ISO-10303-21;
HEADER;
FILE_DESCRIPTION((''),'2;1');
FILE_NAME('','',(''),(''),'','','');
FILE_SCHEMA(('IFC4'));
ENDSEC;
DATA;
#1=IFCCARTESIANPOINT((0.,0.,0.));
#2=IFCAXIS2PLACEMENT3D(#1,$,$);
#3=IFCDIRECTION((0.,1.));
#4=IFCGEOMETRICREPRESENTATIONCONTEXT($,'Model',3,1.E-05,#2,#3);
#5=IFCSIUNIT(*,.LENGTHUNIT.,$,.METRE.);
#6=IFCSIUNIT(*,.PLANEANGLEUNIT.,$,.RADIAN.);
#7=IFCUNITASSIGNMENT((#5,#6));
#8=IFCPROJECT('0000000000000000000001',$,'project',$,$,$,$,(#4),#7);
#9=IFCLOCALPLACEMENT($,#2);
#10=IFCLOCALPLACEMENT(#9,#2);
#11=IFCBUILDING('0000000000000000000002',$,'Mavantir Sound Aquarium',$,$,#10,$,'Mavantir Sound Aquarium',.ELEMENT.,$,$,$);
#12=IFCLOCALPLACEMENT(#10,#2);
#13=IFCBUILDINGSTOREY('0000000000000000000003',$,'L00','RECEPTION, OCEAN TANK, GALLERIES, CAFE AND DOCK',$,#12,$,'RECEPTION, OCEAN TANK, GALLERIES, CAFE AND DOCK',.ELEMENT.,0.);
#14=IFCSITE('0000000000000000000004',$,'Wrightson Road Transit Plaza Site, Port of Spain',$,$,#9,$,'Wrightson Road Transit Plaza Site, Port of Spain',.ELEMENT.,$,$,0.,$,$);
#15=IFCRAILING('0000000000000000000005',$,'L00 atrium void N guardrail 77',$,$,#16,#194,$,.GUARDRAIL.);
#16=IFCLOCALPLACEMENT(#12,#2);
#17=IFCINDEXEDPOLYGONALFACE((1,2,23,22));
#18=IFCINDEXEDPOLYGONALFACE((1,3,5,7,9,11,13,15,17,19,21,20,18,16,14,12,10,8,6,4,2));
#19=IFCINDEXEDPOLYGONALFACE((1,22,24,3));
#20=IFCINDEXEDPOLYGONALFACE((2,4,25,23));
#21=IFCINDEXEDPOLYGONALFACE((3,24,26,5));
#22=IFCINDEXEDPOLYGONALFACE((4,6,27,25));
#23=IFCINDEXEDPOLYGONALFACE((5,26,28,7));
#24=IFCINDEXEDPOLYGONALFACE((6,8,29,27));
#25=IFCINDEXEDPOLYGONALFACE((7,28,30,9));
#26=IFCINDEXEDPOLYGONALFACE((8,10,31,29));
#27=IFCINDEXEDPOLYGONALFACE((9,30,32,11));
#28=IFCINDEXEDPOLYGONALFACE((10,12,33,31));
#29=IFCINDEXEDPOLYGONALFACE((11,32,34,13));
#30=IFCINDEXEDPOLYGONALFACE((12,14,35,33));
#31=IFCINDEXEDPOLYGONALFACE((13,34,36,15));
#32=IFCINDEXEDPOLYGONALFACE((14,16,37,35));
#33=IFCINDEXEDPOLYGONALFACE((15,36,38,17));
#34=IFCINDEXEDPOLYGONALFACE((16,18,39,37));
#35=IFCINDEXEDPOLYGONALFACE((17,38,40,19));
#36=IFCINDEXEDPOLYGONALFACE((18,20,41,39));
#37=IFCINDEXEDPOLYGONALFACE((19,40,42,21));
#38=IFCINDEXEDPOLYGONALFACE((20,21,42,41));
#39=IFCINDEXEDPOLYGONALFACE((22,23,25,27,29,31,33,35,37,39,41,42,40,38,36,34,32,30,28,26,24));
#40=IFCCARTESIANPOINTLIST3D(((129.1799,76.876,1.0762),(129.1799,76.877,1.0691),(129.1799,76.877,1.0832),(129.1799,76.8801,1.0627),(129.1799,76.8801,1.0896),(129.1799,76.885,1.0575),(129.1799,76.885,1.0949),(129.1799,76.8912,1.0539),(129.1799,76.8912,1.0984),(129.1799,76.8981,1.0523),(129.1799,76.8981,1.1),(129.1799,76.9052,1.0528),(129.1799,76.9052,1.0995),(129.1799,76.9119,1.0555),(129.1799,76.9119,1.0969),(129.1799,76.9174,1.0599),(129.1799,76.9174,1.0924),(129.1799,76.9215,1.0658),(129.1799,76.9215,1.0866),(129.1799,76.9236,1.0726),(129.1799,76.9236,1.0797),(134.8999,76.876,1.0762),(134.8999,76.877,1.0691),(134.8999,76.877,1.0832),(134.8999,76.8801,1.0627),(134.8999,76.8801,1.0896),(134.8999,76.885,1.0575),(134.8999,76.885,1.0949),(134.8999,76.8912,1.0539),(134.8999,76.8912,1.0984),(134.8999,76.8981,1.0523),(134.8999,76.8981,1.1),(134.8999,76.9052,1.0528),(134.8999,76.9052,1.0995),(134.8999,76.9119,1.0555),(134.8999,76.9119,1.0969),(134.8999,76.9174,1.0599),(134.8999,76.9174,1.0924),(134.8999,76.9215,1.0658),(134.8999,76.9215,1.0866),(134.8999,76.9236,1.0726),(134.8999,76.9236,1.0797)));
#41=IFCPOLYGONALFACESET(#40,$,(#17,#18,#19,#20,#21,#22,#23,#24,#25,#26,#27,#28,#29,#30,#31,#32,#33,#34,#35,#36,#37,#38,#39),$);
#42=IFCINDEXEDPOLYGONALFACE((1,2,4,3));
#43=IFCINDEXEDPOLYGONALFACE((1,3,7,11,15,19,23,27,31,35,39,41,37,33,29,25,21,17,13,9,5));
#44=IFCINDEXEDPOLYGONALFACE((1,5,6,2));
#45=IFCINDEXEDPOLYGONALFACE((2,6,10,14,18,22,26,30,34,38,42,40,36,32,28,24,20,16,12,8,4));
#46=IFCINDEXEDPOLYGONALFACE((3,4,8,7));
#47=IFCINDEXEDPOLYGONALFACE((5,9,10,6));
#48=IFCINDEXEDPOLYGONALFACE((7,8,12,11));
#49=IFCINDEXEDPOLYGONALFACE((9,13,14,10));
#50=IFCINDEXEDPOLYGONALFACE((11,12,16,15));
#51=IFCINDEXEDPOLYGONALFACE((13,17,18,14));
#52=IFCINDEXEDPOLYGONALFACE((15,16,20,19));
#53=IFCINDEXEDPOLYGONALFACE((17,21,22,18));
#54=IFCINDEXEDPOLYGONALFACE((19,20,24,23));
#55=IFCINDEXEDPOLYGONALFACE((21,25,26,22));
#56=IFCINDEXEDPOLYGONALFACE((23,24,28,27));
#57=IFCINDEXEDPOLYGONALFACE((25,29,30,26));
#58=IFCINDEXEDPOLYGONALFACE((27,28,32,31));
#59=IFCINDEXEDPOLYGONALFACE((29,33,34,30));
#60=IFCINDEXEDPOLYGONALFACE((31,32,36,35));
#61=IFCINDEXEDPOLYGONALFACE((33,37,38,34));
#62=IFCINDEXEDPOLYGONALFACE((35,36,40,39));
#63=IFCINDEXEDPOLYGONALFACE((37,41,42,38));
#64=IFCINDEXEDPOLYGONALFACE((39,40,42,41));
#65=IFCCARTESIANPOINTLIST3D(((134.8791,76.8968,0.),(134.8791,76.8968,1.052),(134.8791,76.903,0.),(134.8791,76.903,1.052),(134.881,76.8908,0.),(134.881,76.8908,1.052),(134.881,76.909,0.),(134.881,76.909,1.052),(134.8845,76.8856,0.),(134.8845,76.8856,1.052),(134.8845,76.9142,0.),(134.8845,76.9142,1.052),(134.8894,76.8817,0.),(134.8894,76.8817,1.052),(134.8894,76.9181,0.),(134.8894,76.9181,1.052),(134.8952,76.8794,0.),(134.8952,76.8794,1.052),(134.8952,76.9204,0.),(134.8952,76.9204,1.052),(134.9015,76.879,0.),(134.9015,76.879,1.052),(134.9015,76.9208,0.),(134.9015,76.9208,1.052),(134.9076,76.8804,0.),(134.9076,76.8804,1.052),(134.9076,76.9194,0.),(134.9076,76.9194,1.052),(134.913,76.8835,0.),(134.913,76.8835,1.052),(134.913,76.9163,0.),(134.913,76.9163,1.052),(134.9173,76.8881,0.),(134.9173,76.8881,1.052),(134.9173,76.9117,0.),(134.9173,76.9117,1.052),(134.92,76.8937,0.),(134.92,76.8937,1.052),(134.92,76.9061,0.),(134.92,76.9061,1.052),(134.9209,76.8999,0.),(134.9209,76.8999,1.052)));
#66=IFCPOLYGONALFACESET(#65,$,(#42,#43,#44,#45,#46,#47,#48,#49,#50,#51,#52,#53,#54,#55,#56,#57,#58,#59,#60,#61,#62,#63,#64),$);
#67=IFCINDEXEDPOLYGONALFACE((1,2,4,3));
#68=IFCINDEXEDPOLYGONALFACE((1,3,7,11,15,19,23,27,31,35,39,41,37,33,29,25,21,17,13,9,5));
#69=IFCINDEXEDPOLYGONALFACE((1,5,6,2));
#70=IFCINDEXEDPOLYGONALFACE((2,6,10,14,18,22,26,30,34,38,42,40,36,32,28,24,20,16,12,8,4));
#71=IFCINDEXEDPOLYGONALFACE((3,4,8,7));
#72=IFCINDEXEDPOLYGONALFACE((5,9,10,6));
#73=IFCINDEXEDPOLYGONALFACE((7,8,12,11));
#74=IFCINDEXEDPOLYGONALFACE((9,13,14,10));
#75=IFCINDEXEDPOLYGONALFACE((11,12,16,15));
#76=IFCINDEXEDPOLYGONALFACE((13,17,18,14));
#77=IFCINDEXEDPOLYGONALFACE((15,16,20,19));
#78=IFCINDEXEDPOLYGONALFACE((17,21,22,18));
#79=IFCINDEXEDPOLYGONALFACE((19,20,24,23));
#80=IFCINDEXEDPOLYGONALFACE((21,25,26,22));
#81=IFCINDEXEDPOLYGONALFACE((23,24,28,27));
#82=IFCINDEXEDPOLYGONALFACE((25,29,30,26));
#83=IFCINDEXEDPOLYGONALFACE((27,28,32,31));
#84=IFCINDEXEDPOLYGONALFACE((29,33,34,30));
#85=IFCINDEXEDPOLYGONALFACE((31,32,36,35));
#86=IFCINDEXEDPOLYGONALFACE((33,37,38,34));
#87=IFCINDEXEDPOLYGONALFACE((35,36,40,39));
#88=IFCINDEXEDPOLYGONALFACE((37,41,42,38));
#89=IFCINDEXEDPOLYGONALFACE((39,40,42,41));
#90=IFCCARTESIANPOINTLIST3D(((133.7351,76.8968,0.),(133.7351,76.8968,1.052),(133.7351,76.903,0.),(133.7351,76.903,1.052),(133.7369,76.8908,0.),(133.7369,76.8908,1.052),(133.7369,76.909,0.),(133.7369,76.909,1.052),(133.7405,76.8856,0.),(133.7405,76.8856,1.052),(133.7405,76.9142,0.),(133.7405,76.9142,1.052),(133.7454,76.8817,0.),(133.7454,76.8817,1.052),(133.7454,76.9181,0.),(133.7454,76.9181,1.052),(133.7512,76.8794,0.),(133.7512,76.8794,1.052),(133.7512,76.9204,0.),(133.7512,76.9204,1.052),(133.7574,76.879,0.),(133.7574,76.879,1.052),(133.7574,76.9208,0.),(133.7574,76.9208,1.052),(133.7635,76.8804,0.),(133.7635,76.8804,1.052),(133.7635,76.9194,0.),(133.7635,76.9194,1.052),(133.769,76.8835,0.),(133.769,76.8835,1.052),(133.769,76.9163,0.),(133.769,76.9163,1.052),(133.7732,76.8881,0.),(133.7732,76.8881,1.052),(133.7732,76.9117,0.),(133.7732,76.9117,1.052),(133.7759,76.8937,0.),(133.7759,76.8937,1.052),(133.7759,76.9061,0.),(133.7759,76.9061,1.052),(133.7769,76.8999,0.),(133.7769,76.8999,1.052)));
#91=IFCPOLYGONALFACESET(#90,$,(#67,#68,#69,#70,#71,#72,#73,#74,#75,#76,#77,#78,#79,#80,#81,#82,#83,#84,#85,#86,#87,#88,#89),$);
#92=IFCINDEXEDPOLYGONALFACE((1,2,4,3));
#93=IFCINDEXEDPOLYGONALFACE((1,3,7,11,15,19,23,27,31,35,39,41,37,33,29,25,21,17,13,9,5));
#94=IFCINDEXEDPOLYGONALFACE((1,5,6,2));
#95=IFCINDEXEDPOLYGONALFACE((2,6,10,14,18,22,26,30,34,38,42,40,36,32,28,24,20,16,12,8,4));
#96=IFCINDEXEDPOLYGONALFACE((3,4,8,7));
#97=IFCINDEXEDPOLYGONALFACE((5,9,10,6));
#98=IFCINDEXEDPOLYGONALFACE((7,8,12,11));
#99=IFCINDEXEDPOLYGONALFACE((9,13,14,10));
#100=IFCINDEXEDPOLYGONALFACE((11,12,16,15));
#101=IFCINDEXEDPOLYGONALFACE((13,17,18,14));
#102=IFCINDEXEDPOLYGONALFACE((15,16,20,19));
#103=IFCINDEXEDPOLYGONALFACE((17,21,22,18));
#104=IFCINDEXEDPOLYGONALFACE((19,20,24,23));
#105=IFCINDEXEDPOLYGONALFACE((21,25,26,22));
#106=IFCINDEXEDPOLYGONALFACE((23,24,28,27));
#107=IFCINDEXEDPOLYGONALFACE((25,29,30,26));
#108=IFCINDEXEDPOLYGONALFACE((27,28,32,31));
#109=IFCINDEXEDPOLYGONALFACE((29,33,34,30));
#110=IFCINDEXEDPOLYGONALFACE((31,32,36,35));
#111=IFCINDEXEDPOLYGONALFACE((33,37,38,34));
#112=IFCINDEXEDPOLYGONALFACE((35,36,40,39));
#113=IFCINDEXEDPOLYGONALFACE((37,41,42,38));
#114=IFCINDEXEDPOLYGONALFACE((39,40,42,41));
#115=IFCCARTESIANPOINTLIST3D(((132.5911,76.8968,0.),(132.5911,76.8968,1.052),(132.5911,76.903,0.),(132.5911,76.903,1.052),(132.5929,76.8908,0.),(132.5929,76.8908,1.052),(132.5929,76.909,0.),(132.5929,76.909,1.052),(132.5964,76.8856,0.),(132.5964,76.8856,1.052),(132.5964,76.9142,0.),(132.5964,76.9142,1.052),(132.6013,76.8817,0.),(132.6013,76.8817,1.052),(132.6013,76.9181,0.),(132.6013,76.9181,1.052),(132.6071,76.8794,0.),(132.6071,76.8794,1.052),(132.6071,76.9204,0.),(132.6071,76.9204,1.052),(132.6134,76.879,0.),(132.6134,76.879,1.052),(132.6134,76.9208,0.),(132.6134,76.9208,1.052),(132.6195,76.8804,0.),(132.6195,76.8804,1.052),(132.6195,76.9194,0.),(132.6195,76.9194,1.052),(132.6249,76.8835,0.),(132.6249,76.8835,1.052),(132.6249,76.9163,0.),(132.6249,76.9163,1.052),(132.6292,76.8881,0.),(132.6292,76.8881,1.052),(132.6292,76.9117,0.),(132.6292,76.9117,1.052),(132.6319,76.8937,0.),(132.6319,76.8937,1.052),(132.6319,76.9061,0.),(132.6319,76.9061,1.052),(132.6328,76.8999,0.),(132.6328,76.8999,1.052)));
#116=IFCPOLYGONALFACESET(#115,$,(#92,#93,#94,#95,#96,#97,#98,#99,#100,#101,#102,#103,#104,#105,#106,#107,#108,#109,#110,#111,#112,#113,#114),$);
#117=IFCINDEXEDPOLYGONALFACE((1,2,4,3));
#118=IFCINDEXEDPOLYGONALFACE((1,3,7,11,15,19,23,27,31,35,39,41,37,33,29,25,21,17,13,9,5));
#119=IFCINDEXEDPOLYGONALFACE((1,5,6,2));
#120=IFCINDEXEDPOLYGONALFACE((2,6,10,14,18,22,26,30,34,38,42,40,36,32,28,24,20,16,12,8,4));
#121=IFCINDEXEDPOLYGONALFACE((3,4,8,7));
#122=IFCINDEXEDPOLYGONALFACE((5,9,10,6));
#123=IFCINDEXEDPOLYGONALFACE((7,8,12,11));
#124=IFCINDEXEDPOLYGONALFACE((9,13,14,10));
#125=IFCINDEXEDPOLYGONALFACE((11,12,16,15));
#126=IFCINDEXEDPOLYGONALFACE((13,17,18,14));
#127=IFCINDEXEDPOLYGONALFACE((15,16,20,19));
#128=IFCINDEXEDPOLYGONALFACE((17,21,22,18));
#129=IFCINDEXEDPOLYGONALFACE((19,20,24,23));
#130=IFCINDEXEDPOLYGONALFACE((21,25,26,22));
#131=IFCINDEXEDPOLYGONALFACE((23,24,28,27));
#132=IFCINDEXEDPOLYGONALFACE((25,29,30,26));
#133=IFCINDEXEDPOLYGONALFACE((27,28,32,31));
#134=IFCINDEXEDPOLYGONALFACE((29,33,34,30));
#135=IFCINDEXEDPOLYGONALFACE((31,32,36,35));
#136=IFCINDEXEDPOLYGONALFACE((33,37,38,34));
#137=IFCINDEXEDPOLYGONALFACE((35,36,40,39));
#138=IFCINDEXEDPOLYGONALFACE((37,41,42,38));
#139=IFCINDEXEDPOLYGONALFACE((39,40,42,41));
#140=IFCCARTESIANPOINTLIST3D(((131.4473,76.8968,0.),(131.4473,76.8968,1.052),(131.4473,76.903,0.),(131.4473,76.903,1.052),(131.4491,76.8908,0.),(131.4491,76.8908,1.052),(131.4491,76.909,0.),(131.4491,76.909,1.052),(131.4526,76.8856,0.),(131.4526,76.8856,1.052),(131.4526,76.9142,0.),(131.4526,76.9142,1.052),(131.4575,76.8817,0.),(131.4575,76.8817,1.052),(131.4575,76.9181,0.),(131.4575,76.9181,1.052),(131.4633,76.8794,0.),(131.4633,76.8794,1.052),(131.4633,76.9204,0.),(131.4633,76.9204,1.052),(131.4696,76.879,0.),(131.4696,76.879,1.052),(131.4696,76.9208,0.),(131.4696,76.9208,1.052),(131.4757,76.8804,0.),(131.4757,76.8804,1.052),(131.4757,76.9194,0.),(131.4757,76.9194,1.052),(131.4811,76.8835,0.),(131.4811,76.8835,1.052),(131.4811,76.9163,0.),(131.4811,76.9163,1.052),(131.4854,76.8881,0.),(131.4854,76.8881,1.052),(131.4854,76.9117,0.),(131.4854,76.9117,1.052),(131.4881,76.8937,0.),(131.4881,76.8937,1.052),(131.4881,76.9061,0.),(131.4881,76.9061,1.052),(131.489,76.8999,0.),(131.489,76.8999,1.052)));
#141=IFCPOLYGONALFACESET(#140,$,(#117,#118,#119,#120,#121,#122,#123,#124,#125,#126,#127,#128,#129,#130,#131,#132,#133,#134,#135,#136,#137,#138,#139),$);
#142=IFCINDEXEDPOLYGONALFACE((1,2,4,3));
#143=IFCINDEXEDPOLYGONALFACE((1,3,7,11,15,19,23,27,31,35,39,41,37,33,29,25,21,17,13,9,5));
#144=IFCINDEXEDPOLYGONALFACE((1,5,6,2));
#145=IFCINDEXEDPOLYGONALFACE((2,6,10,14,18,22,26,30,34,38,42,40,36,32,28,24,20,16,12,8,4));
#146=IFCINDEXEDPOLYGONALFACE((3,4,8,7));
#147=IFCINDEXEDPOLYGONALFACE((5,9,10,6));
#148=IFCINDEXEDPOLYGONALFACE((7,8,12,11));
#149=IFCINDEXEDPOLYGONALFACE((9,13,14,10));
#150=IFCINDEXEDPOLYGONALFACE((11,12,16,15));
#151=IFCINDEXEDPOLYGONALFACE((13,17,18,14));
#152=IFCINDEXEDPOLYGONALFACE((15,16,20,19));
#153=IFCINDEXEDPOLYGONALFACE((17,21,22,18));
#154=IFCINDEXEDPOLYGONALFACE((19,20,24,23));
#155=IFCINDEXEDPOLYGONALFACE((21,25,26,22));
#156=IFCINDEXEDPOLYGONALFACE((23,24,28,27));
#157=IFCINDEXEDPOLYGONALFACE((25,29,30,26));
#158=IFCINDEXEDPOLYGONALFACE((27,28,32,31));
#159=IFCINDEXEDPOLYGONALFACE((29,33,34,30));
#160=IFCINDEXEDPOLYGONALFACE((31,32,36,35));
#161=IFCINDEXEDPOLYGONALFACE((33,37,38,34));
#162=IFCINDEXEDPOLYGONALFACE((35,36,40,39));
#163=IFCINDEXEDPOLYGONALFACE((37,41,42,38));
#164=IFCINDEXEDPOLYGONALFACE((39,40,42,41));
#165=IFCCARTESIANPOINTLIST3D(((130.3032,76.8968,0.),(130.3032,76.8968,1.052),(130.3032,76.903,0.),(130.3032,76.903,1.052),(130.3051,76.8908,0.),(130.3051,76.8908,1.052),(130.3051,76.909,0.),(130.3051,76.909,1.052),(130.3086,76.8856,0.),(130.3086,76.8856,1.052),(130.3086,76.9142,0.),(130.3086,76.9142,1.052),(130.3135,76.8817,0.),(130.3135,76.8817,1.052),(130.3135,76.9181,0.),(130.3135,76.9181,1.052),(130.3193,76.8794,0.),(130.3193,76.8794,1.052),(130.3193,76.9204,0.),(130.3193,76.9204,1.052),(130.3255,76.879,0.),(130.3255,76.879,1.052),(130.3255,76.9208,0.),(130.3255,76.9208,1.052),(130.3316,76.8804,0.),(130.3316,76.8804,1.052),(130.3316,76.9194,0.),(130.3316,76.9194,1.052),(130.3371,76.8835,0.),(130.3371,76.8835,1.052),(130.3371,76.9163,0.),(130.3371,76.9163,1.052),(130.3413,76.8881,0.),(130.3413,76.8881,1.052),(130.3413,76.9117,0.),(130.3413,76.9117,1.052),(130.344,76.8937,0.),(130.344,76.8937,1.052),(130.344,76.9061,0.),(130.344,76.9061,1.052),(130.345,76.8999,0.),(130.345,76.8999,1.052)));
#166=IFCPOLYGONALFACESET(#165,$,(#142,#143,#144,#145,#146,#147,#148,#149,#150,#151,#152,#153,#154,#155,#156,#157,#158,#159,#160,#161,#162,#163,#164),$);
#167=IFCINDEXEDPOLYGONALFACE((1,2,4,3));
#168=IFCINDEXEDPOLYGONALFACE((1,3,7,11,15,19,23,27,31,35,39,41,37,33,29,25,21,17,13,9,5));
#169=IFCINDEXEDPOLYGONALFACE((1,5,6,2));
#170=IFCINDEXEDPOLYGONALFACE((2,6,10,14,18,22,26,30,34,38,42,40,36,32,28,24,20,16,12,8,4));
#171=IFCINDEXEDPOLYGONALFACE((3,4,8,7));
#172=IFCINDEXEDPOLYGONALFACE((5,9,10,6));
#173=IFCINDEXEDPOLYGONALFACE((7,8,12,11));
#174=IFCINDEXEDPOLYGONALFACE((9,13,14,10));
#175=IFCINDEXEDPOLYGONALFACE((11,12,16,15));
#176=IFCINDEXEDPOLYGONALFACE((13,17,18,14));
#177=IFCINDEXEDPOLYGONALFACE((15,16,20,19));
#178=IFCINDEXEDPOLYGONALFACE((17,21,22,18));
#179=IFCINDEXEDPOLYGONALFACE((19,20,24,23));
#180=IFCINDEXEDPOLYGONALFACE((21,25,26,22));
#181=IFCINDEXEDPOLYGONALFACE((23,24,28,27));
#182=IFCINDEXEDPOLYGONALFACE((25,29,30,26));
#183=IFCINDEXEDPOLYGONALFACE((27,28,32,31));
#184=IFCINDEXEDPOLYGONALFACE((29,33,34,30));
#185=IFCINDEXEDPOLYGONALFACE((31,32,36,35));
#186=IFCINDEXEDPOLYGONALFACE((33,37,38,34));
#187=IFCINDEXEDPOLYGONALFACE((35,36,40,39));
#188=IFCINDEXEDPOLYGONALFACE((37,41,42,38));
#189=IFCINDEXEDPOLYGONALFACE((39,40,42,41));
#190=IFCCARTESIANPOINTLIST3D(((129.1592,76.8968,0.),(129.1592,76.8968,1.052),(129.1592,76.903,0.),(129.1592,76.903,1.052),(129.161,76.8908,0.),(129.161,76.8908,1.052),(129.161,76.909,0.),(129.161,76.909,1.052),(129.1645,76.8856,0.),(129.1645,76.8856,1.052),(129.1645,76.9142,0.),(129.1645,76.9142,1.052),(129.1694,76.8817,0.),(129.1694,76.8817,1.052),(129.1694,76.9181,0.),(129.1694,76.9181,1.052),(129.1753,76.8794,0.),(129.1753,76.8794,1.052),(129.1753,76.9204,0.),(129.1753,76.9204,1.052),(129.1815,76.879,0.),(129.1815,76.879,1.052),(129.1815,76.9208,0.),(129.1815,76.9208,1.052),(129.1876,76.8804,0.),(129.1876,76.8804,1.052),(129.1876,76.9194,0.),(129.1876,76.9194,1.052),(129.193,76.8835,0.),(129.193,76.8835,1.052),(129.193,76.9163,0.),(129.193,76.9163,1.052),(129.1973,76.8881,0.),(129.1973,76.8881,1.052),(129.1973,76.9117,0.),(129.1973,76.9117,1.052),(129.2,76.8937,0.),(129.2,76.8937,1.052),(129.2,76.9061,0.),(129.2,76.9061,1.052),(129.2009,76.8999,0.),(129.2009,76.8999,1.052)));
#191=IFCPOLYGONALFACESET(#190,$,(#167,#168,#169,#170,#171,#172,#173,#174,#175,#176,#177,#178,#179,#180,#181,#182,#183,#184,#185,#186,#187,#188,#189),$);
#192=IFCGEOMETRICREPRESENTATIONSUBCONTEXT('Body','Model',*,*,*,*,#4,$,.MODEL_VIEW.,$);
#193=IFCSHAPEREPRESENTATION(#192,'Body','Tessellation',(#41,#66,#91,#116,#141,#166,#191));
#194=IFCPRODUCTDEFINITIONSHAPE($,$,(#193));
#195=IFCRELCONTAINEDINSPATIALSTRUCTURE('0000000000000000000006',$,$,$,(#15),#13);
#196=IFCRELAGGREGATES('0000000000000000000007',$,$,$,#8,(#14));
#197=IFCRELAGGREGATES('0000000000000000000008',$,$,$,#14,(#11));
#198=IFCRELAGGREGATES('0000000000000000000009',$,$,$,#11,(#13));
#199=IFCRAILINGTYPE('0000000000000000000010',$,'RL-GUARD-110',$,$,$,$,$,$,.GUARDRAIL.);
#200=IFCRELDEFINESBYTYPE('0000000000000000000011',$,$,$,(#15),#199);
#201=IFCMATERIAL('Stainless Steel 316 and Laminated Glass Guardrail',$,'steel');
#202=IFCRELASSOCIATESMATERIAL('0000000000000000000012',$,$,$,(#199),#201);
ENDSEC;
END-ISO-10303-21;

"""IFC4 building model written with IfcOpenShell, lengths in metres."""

from ifc_helpers import new_model, si_unit, direction, frame, origin, origin_2d, place, context, subcontext, project, spatial, circle, extrude, material, type_object, element, save


model = new_model("IFC4")

# Units and contexts
model_context = context("Model", 3, precision=1e-05, world=origin(), true_north=direction((0.0, 1.0)))
body_context = subcontext(model_context, "Body", "Model", "MODEL_VIEW")
ifc_project = project(units=[si_unit("LENGTHUNIT", "METRE"), si_unit("PLANEANGLEUNIT", "RADIAN")], contexts=[model_context])

# Site, building, storey
site_placement = place(None, origin())
site = spatial("IfcSite", under=ifc_project, at=site_placement, Name="Wrightson Road Transit Plaza Site, Port of Spain", LongName="Wrightson Road Transit Plaza Site, Port of Spain", CompositionType="ELEMENT", RefElevation=0.0)
building_placement = place(site_placement, origin())
building = spatial("IfcBuilding", under=site, at=building_placement, Name="Mavantir Sound Aquarium", LongName="Mavantir Sound Aquarium", CompositionType="ELEMENT")
storey_placement = place(building_placement, origin())
storey = spatial("IfcBuildingStorey", under=building, at=storey_placement, Name="L00", Description="RECEPTION, OCEAN TANK, GALLERIES, CAFE AND DOCK", LongName="RECEPTION, OCEAN TANK, GALLERIES, CAFE AND DOCK", CompositionType="ELEMENT", Elevation=0.0)

# Railing
ifc_material_1 = material(Name="Stainless Steel 316 and Laminated Glass Guardrail", Category="steel")
railing_type = type_object("IfcRailingType", Name="RL-GUARD-110", PredefinedType="GUARDRAIL", material=ifc_material_1)
railing_1_placement = place(storey_placement, frame((134.8999, 76.8999, 0.0)))
element("IfcRailing", 1, at=railing_1_placement, inside=storey, type_object=railing_type, Name="L00 atrium void N guardrail 77", PredefinedType="GUARDRAIL", context=body_context, shape_type="SweptSolid", body=[
    extrude(circle(Radius=0.0239, at=origin_2d()), frame((0.0, 0.0, 1.0762), z_axis=(-1.0, 0.0, 0.0), x_axis=(0.0, -1.0, 0.0)), (0.0, 0.0, 1.0), 5.72),
    extrude(circle(Radius=0.021, at=origin_2d()), origin(), (0.0, 0.0, 1.0), 1.052),
    extrude(circle(Radius=0.021, at=origin_2d()), frame((-1.144, 0.0, 0.0)), (0.0, 0.0, 1.0), 1.052),
    extrude(circle(Radius=0.021, at=origin_2d()), frame((-2.2881, 0.0, 0.0)), (0.0, 0.0, 1.0), 1.052),
    extrude(circle(Radius=0.021, at=origin_2d()), frame((-3.4319, 0.0, 0.0)), (0.0, 0.0, 1.0), 1.052),
    extrude(circle(Radius=0.021, at=origin_2d()), frame((-4.5759, 0.0, 0.0)), (0.0, 0.0, 1.0), 1.052),
    extrude(circle(Radius=0.021, at=origin_2d()), frame((-5.72, 0.0, 0.0)), (0.0, 0.0, 1.0), 1.052),
])

save(model, "model.ifc")
